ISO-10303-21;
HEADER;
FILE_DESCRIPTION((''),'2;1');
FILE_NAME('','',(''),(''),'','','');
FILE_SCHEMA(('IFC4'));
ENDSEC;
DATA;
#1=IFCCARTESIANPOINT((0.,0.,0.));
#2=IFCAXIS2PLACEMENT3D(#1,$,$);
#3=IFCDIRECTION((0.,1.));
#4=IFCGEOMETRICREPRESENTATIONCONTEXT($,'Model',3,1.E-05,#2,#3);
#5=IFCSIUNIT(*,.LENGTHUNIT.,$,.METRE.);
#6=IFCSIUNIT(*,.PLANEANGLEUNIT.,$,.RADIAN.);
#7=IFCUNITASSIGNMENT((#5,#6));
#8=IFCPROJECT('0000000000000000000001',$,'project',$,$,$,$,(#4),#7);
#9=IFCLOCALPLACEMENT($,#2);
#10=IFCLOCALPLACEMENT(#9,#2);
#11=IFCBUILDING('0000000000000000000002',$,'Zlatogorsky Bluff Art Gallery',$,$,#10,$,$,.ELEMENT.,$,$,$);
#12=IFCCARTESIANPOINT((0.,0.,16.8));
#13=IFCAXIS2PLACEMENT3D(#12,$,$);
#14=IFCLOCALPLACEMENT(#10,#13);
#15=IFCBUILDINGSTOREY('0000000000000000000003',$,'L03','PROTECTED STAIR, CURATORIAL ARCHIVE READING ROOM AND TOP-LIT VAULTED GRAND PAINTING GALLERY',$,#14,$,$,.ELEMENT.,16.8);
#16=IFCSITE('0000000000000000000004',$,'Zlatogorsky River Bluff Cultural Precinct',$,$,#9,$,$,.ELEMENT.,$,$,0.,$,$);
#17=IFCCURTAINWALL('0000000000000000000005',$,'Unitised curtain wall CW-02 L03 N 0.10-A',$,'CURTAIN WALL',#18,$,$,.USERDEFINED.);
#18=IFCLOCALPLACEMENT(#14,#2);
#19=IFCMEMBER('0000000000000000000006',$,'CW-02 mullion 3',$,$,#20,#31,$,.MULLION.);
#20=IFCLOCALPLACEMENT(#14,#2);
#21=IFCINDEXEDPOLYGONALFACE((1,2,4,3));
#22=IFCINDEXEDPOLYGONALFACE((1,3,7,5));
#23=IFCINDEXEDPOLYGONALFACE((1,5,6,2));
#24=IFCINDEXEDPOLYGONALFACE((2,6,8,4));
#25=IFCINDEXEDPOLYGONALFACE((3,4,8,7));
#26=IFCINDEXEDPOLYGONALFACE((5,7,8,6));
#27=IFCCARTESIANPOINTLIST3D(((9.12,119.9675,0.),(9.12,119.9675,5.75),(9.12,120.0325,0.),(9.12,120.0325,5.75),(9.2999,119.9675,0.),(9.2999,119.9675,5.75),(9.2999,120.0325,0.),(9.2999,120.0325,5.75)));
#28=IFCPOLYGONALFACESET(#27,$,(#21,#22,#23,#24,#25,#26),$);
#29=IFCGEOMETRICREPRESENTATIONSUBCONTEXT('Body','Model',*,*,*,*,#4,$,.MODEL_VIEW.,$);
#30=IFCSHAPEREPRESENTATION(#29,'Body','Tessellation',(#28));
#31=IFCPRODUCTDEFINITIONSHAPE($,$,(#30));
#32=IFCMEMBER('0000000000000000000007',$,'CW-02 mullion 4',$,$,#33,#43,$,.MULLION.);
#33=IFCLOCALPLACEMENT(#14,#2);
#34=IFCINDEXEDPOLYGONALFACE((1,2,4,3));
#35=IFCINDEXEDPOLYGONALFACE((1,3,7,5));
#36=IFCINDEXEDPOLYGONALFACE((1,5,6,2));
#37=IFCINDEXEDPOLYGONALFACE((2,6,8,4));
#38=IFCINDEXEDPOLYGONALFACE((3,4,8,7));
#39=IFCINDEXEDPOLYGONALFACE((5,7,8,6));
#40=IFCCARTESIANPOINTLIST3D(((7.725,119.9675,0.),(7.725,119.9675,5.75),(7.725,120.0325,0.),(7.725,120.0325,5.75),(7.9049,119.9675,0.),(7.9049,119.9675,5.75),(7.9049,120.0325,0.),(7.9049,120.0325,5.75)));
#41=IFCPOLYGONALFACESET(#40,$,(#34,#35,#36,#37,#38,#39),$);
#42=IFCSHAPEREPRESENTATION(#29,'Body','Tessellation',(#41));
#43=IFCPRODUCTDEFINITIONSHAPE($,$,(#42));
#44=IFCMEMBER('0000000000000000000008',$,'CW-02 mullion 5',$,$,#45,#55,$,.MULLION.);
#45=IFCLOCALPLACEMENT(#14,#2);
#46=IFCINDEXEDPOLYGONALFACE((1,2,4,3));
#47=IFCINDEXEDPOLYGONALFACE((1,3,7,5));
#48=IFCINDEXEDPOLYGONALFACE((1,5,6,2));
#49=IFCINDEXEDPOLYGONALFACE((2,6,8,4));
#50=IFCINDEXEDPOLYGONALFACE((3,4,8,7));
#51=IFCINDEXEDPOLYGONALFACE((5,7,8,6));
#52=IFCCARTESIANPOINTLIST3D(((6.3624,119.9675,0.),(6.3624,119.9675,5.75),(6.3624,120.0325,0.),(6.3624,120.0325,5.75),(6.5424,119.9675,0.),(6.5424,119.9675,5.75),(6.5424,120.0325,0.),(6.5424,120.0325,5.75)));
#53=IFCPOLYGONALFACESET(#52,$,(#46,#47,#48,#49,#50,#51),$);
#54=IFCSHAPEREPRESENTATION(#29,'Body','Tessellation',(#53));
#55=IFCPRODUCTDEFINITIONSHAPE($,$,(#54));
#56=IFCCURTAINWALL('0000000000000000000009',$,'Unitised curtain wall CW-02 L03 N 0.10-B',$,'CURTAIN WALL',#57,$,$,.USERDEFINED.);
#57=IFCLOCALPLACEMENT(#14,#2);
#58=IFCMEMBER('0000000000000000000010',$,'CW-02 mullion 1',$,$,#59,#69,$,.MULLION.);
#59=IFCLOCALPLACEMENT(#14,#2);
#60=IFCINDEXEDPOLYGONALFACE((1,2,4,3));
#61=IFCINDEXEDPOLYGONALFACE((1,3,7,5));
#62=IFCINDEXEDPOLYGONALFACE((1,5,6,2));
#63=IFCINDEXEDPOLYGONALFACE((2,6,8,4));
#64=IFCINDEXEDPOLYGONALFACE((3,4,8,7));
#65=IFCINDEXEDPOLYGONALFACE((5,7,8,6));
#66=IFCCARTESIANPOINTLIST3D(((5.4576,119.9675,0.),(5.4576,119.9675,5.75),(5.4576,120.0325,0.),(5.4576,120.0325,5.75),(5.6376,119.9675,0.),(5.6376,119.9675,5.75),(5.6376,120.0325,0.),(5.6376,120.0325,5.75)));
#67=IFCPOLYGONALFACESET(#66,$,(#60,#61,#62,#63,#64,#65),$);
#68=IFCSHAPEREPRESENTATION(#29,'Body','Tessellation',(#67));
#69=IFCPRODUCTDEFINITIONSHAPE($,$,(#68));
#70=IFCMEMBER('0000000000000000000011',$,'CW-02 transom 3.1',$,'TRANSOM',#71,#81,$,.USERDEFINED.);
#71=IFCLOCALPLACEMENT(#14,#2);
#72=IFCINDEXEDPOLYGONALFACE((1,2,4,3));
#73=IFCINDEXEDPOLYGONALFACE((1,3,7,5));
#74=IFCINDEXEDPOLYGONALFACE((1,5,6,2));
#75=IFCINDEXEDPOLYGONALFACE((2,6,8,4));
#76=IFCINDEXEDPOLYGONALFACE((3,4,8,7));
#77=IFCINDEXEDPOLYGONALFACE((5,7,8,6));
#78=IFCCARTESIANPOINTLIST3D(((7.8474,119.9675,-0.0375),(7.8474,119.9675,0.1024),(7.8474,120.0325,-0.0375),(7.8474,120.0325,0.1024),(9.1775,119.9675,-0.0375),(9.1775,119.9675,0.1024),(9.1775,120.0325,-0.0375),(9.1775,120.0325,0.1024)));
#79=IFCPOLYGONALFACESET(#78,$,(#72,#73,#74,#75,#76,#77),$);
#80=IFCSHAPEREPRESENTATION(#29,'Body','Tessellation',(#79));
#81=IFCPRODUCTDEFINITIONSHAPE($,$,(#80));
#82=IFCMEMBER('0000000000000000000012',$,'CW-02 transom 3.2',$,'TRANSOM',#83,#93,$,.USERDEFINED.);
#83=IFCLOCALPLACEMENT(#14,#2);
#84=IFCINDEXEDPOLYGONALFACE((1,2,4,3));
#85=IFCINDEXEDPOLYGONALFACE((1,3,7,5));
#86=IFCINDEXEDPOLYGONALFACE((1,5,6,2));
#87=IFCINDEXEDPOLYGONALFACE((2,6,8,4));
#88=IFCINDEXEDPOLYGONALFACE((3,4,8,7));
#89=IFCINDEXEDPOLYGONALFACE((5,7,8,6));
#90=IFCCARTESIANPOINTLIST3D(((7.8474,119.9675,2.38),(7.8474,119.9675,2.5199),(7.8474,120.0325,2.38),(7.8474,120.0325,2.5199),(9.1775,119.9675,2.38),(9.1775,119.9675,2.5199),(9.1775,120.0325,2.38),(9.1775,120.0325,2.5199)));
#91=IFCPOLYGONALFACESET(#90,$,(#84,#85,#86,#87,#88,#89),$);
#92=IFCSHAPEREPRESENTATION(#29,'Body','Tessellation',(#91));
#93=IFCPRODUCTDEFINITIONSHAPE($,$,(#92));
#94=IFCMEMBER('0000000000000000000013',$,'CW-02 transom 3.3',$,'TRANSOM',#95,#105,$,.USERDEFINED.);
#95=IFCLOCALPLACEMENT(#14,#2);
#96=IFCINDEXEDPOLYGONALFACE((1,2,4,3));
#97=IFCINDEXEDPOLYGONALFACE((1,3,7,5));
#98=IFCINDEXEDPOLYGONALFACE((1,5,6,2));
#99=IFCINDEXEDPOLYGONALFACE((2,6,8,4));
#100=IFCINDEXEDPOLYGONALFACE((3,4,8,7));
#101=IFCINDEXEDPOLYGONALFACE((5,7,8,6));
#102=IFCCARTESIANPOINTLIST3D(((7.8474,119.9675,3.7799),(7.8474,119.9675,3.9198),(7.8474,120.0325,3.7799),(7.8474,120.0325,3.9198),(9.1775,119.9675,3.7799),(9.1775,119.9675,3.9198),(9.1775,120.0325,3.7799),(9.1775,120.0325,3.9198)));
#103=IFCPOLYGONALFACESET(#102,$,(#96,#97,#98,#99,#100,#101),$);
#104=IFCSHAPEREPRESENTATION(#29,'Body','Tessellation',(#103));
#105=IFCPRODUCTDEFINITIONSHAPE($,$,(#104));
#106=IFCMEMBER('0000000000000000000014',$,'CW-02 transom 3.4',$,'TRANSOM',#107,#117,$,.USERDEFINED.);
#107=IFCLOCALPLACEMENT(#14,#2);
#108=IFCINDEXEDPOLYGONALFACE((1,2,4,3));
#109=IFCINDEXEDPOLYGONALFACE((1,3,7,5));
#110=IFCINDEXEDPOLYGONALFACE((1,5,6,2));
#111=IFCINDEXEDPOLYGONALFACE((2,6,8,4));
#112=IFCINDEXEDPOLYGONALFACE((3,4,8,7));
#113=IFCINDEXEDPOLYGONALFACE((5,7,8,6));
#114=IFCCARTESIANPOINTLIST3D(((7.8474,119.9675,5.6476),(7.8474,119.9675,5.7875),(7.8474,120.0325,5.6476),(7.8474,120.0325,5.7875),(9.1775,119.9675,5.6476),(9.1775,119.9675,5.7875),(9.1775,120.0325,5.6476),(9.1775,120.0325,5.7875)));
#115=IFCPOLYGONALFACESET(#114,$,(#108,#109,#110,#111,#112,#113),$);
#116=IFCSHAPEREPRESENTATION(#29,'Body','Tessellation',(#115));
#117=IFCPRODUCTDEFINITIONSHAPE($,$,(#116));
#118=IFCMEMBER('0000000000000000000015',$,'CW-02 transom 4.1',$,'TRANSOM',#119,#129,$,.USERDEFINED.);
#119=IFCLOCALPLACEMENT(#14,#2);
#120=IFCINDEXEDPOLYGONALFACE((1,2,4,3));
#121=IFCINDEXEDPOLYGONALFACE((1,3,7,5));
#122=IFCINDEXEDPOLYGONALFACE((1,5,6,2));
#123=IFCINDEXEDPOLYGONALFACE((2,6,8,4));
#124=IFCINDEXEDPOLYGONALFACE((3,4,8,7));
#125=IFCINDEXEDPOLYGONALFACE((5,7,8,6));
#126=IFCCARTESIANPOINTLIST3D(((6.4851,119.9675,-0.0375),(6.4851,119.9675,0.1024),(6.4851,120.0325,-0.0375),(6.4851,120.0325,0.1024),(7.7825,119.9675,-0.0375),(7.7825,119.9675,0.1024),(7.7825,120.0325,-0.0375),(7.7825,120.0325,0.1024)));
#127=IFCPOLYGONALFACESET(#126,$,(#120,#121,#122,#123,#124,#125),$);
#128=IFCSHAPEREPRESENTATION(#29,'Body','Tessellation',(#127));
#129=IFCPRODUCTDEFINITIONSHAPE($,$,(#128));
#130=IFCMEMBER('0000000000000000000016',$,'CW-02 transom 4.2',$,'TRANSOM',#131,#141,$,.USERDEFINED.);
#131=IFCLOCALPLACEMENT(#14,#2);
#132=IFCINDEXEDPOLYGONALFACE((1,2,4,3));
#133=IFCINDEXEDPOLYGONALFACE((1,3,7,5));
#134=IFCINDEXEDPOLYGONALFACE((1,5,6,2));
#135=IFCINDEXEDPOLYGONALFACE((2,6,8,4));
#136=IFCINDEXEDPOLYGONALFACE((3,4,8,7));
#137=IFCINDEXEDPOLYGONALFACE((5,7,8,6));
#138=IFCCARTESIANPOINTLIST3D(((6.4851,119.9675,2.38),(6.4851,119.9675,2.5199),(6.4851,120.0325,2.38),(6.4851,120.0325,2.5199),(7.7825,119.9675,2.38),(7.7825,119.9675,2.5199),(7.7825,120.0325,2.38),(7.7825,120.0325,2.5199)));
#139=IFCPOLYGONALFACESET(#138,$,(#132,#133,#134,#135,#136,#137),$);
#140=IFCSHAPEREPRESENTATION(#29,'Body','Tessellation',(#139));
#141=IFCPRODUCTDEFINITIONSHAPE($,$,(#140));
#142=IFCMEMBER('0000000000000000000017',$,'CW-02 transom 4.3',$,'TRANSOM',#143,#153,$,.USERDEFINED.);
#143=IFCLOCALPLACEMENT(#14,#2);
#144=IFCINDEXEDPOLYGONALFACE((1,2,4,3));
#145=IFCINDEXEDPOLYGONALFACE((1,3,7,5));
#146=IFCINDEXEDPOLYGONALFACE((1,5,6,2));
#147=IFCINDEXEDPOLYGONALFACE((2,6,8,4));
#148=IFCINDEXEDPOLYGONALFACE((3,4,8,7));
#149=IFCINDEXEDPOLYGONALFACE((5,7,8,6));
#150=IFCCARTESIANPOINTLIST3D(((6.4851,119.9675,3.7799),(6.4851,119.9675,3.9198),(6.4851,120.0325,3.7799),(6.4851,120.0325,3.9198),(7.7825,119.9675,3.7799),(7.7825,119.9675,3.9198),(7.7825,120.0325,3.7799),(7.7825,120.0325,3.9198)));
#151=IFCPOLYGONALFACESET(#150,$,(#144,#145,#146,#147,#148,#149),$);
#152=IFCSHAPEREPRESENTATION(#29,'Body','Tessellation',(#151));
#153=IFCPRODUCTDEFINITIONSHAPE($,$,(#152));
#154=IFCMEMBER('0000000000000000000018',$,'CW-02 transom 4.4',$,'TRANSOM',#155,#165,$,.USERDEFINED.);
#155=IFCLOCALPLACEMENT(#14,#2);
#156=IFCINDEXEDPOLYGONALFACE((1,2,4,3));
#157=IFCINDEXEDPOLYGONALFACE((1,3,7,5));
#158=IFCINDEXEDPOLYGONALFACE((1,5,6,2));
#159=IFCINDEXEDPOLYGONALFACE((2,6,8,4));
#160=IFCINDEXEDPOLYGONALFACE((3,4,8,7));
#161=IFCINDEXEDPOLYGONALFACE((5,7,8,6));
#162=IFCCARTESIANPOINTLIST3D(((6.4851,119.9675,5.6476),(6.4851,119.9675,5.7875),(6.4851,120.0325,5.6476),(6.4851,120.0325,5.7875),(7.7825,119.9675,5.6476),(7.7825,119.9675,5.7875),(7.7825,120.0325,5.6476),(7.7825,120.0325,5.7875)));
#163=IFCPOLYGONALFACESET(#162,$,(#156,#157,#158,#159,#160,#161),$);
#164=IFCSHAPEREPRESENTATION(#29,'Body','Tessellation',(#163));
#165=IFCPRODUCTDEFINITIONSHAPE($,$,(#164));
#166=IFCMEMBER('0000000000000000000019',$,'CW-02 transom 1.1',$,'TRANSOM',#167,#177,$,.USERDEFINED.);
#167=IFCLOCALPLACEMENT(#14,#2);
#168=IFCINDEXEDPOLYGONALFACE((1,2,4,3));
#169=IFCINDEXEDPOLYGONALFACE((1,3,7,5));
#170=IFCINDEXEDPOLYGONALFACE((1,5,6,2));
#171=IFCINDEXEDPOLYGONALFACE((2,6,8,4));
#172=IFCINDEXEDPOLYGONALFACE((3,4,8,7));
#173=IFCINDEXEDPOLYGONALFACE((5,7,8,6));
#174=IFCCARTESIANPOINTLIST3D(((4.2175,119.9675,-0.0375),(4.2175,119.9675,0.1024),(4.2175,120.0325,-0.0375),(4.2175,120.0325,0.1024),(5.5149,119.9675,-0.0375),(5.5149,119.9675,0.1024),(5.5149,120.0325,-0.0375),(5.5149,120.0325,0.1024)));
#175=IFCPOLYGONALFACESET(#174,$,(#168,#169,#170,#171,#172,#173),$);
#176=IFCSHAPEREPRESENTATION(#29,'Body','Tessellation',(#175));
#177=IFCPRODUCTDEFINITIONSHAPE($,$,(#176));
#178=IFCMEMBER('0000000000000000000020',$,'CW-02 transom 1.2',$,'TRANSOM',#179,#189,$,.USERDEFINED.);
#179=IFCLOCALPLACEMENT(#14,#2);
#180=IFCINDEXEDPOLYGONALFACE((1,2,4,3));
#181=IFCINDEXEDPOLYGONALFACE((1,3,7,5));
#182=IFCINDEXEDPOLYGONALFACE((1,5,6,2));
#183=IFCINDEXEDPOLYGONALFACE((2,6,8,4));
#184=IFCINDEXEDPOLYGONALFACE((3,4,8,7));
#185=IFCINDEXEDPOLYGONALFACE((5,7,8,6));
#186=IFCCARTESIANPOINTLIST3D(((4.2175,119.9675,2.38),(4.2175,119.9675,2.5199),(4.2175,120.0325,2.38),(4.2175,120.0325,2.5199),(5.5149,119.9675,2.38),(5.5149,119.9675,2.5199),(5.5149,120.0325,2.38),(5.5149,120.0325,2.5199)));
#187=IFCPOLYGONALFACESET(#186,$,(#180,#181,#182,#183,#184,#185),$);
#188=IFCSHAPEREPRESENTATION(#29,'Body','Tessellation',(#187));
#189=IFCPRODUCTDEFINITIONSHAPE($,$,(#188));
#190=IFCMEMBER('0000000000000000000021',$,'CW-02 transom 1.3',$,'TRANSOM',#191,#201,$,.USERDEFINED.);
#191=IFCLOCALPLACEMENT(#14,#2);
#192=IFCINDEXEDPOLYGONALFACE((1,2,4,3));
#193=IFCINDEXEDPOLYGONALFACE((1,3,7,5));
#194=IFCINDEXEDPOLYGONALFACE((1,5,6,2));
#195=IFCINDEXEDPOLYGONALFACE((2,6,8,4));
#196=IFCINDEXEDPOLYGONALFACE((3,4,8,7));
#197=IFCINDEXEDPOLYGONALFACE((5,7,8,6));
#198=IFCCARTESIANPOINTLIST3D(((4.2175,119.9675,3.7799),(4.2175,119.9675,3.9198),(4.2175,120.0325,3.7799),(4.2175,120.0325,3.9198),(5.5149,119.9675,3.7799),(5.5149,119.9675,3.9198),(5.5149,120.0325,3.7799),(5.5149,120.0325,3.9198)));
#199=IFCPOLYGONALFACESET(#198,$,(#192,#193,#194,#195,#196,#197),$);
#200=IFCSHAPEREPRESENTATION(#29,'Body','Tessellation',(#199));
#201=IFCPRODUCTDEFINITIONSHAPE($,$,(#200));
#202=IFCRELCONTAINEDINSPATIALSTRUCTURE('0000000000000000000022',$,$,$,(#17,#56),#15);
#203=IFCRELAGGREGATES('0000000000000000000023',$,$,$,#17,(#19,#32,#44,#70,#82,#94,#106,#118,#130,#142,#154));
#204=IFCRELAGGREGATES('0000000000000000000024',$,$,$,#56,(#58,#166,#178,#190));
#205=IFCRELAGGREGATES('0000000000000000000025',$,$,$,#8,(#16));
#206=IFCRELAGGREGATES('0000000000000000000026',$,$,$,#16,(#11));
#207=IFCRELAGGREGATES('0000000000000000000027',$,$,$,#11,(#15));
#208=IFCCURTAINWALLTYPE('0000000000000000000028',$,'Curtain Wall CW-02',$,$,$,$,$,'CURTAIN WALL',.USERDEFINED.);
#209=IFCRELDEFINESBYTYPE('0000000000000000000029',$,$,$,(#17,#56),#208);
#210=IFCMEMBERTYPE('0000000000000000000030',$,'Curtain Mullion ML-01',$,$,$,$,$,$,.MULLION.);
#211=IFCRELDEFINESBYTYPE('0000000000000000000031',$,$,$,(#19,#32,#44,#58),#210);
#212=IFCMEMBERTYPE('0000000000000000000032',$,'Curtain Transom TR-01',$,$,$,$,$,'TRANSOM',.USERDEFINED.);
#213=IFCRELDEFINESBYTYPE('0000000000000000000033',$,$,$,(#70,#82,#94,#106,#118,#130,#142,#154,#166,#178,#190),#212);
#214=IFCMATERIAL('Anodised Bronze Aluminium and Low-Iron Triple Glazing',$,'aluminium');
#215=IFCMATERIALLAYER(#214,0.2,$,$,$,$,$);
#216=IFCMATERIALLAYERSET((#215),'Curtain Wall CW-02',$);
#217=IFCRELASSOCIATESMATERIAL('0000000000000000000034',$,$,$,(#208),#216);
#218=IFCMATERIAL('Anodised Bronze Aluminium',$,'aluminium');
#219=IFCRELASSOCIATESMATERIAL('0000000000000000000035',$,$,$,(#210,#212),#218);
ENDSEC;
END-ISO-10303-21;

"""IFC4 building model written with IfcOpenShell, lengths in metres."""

from ifc_helpers import new_model, si_unit, direction, frame, origin, origin_2d, place, context, subcontext, project, spatial, rectangle, extrude, material, layer, layer_set, material_profile, profile_set, type_object, element, aggregate, save


model = new_model("IFC4")

# Units and contexts
model_context = context("Model", 3, precision=1e-05, world=origin(), true_north=direction((0.0, 1.0)))
body_context = subcontext(model_context, "Body", "Model", "MODEL_VIEW")
ifc_project = project(units=[si_unit("LENGTHUNIT", "METRE"), si_unit("PLANEANGLEUNIT", "RADIAN")], contexts=[model_context])

# Site, building, storey
site_placement = place(None, origin())
site = spatial("IfcSite", under=ifc_project, at=site_placement, Name="Zlatogorsky River Bluff Cultural Precinct", CompositionType="ELEMENT", RefElevation=0.0)
building_placement = place(site_placement, origin())
building = spatial("IfcBuilding", under=site, at=building_placement, Name="Zlatogorsky Bluff Art Gallery", CompositionType="ELEMENT")
storey_placement = place(building_placement, frame((0.0, 0.0, 16.8)))
storey = spatial("IfcBuildingStorey", under=building, at=storey_placement, Name="L03", Description="PROTECTED STAIR, CURATORIAL ARCHIVE READING ROOM AND TOP-LIT VAULTED GRAND PAINTING GALLERY", CompositionType="ELEMENT", Elevation=16.8)

# Curtain wall, members
ifc_material_1 = material(Name="Anodised Bronze Aluminium and Low-Iron Triple Glazing", Category="aluminium")
ifc_layer_1 = layer(ifc_material_1, 0.2)
ifc_layer_set_1 = layer_set([ifc_layer_1], Name="Curtain Wall CW-02")
curtain_wall_type = type_object("IfcCurtainWallType", Name="Curtain Wall CW-02", ElementType="CURTAIN WALL", PredefinedType="USERDEFINED", material=ifc_layer_set_1)
curtain_wall_1_placement = place(storey_placement, origin())
curtain_wall_1 = element("IfcCurtainWall", 1, at=curtain_wall_1_placement, inside=storey, type_object=curtain_wall_type, Name="Unitised curtain wall CW-02 L03 N 0.10-A", ObjectType="CURTAIN WALL", PredefinedType="USERDEFINED")
ifc_material_2 = material(Name="Anodised Bronze Aluminium", Category="aluminium")
ifc_material_profile_1 = material_profile(ifc_material_2, rectangle(XDim=0.0649, YDim=0.1799, at=origin_2d()), Name="ALU MULLION 65x180")
ifc_profile_set_1 = profile_set([ifc_material_profile_1], Name="Anodised Bronze Aluminium")
member_type_1 = type_object("IfcMemberType", Name="Curtain Mullion ML-01", PredefinedType="MULLION", material=ifc_profile_set_1)
member_1_placement = place(storey_placement, frame((9.21, 120.0, 0.0), z_axis=(0.0, 0.0, 1.0), x_axis=(0.0, -1.0, 0.0)))
member_1 = element("IfcMember", 2, at=member_1_placement, type_object=member_type_1, Name="CW-02 mullion 3", PredefinedType="MULLION", context=body_context, shape_type="SweptSolid", body=[
    extrude(rectangle(XDim=0.0649, YDim=0.1799, at=origin_2d()), origin(), (0.0, 0.0, 1.0), 5.75),
])
member_2_placement = place(storey_placement, frame((7.8149, 120.0, 0.0), z_axis=(0.0, 0.0, 1.0), x_axis=(0.0, -1.0, 0.0)))
member_2 = element("IfcMember", 3, at=member_2_placement, type_object=member_type_1, Name="CW-02 mullion 4", PredefinedType="MULLION", context=body_context, shape_type="SweptSolid", body=[
    extrude(rectangle(XDim=0.0649, YDim=0.1799, at=origin_2d()), origin(), (0.0, 0.0, 1.0), 5.75),
])
member_3_placement = place(storey_placement, frame((6.4524, 120.0, 0.0), z_axis=(0.0, 0.0, 1.0), x_axis=(0.0, -1.0, 0.0)))
member_3 = element("IfcMember", 4, at=member_3_placement, type_object=member_type_1, Name="CW-02 mullion 5", PredefinedType="MULLION", context=body_context, shape_type="SweptSolid", body=[
    extrude(rectangle(XDim=0.0649, YDim=0.1799, at=origin_2d()), origin(), (0.0, 0.0, 1.0), 5.75),
])

# Curtain wall, member
curtain_wall_2_placement = place(storey_placement, origin())
curtain_wall_2 = element("IfcCurtainWall", 5, at=curtain_wall_2_placement, inside=storey, type_object=curtain_wall_type, Name="Unitised curtain wall CW-02 L03 N 0.10-B", ObjectType="CURTAIN WALL", PredefinedType="USERDEFINED")
member_4_placement = place(storey_placement, frame((5.5476, 120.0, 0.0), z_axis=(0.0, 0.0, 1.0), x_axis=(0.0, -1.0, 0.0)))
member_4 = element("IfcMember", 6, at=member_4_placement, type_object=member_type_1, Name="CW-02 mullion 1", PredefinedType="MULLION", context=body_context, shape_type="SweptSolid", body=[
    extrude(rectangle(XDim=0.0649, YDim=0.1799, at=origin_2d()), origin(), (0.0, 0.0, 1.0), 5.75),
])

# Members
ifc_material_profile_2 = material_profile(ifc_material_2, rectangle(XDim=0.0649, YDim=0.1399, at=origin_2d()), Name="ALU TRANSOM 65x140")
ifc_profile_set_2 = profile_set([ifc_material_profile_2], Name="Anodised Bronze Aluminium")
member_type_2 = type_object("IfcMemberType", Name="Curtain Transom TR-01", ElementType="TRANSOM", PredefinedType="USERDEFINED", material=ifc_profile_set_2)
member_5_placement = place(storey_placement, frame((9.1775, 120.0, 0.0325), z_axis=(-1.0, 0.0, 0.0), x_axis=(0.0, -1.0, 0.0)))
member_5 = element("IfcMember", 7, at=member_5_placement, type_object=member_type_2, Name="CW-02 transom 3.1", ObjectType="TRANSOM", PredefinedType="USERDEFINED", context=body_context, shape_type="SweptSolid", body=[
    extrude(rectangle(XDim=0.0649, YDim=0.1399, at=origin_2d()), origin(), (0.0, 0.0, 1.0), 1.3301),
])
member_6_placement = place(storey_placement, frame((9.1775, 120.0, 2.45), z_axis=(-1.0, 0.0, 0.0), x_axis=(0.0, -1.0, 0.0)))
member_6 = element("IfcMember", 8, at=member_6_placement, type_object=member_type_2, Name="CW-02 transom 3.2", ObjectType="TRANSOM", PredefinedType="USERDEFINED", context=body_context, shape_type="SweptSolid", body=[
    extrude(rectangle(XDim=0.0649, YDim=0.1399, at=origin_2d()), origin(), (0.0, 0.0, 1.0), 1.3301),
])
member_7_placement = place(storey_placement, frame((9.1775, 120.0, 3.8499), z_axis=(-1.0, 0.0, 0.0), x_axis=(0.0, -1.0, 0.0)))
member_7 = element("IfcMember", 9, at=member_7_placement, type_object=member_type_2, Name="CW-02 transom 3.3", ObjectType="TRANSOM", PredefinedType="USERDEFINED", context=body_context, shape_type="SweptSolid", body=[
    extrude(rectangle(XDim=0.0649, YDim=0.1399, at=origin_2d()), origin(), (0.0, 0.0, 1.0), 1.3301),
])
member_8_placement = place(storey_placement, frame((9.1775, 120.0, 5.7175), z_axis=(-1.0, 0.0, 0.0), x_axis=(0.0, -1.0, 0.0)))
member_8 = element("IfcMember", 10, at=member_8_placement, type_object=member_type_2, Name="CW-02 transom 3.4", ObjectType="TRANSOM", PredefinedType="USERDEFINED", context=body_context, shape_type="SweptSolid", body=[
    extrude(rectangle(XDim=0.0649, YDim=0.1399, at=origin_2d()), origin(), (0.0, 0.0, 1.0), 1.3301),
])
member_9_placement = place(storey_placement, frame((7.7825, 120.0, 0.0325), z_axis=(-1.0, 0.0, 0.0), x_axis=(0.0, -1.0, 0.0)))
member_9 = element("IfcMember", 11, at=member_9_placement, type_object=member_type_2, Name="CW-02 transom 4.1", ObjectType="TRANSOM", PredefinedType="USERDEFINED", context=body_context, shape_type="SweptSolid", body=[
    extrude(rectangle(XDim=0.0649, YDim=0.1399, at=origin_2d()), origin(), (0.0, 0.0, 1.0), 1.2974),
])
member_10_placement = place(storey_placement, frame((7.7825, 120.0, 2.45), z_axis=(-1.0, 0.0, 0.0), x_axis=(0.0, -1.0, 0.0)))
member_10 = element("IfcMember", 12, at=member_10_placement, type_object=member_type_2, Name="CW-02 transom 4.2", ObjectType="TRANSOM", PredefinedType="USERDEFINED", context=body_context, shape_type="SweptSolid", body=[
    extrude(rectangle(XDim=0.0649, YDim=0.1399, at=origin_2d()), origin(), (0.0, 0.0, 1.0), 1.2974),
])
member_11_placement = place(storey_placement, frame((7.7825, 120.0, 3.8499), z_axis=(-1.0, 0.0, 0.0), x_axis=(0.0, -1.0, 0.0)))
member_11 = element("IfcMember", 13, at=member_11_placement, type_object=member_type_2, Name="CW-02 transom 4.3", ObjectType="TRANSOM", PredefinedType="USERDEFINED", context=body_context, shape_type="SweptSolid", body=[
    extrude(rectangle(XDim=0.0649, YDim=0.1399, at=origin_2d()), origin(), (0.0, 0.0, 1.0), 1.2974),
])
member_12_placement = place(storey_placement, frame((7.7825, 120.0, 5.7175), z_axis=(-1.0, 0.0, 0.0), x_axis=(0.0, -1.0, 0.0)))
member_12 = element("IfcMember", 14, at=member_12_placement, type_object=member_type_2, Name="CW-02 transom 4.4", ObjectType="TRANSOM", PredefinedType="USERDEFINED", context=body_context, shape_type="SweptSolid", body=[
    extrude(rectangle(XDim=0.0649, YDim=0.1399, at=origin_2d()), origin(), (0.0, 0.0, 1.0), 1.2974),
])
member_13_placement = place(storey_placement, frame((5.5149, 120.0, 0.0325), z_axis=(-1.0, 0.0, 0.0), x_axis=(0.0, -1.0, 0.0)))
member_13 = element("IfcMember", 15, at=member_13_placement, type_object=member_type_2, Name="CW-02 transom 1.1", ObjectType="TRANSOM", PredefinedType="USERDEFINED", context=body_context, shape_type="SweptSolid", body=[
    extrude(rectangle(XDim=0.0649, YDim=0.1399, at=origin_2d()), origin(), (0.0, 0.0, 1.0), 1.2974),
])
member_14_placement = place(storey_placement, frame((5.5149, 120.0, 2.45), z_axis=(-1.0, 0.0, 0.0), x_axis=(0.0, -1.0, 0.0)))
member_14 = element("IfcMember", 16, at=member_14_placement, type_object=member_type_2, Name="CW-02 transom 1.2", ObjectType="TRANSOM", PredefinedType="USERDEFINED", context=body_context, shape_type="SweptSolid", body=[
    extrude(rectangle(XDim=0.0649, YDim=0.1399, at=origin_2d()), origin(), (0.0, 0.0, 1.0), 1.2974),
])
member_15_placement = place(storey_placement, frame((5.5149, 120.0, 3.8499), z_axis=(-1.0, 0.0, 0.0), x_axis=(0.0, -1.0, 0.0)))
member_15 = element("IfcMember", 17, at=member_15_placement, type_object=member_type_2, Name="CW-02 transom 1.3", ObjectType="TRANSOM", PredefinedType="USERDEFINED", context=body_context, shape_type="SweptSolid", body=[
    extrude(rectangle(XDim=0.0649, YDim=0.1399, at=origin_2d()), origin(), (0.0, 0.0, 1.0), 1.2974),
])

aggregate(curtain_wall_1, [member_1, member_2, member_3, member_5, member_6, member_7, member_8, member_9, member_10, member_11, member_12])
aggregate(curtain_wall_2, [member_4, member_13, member_14, member_15])

save(model, "model.ifc")
